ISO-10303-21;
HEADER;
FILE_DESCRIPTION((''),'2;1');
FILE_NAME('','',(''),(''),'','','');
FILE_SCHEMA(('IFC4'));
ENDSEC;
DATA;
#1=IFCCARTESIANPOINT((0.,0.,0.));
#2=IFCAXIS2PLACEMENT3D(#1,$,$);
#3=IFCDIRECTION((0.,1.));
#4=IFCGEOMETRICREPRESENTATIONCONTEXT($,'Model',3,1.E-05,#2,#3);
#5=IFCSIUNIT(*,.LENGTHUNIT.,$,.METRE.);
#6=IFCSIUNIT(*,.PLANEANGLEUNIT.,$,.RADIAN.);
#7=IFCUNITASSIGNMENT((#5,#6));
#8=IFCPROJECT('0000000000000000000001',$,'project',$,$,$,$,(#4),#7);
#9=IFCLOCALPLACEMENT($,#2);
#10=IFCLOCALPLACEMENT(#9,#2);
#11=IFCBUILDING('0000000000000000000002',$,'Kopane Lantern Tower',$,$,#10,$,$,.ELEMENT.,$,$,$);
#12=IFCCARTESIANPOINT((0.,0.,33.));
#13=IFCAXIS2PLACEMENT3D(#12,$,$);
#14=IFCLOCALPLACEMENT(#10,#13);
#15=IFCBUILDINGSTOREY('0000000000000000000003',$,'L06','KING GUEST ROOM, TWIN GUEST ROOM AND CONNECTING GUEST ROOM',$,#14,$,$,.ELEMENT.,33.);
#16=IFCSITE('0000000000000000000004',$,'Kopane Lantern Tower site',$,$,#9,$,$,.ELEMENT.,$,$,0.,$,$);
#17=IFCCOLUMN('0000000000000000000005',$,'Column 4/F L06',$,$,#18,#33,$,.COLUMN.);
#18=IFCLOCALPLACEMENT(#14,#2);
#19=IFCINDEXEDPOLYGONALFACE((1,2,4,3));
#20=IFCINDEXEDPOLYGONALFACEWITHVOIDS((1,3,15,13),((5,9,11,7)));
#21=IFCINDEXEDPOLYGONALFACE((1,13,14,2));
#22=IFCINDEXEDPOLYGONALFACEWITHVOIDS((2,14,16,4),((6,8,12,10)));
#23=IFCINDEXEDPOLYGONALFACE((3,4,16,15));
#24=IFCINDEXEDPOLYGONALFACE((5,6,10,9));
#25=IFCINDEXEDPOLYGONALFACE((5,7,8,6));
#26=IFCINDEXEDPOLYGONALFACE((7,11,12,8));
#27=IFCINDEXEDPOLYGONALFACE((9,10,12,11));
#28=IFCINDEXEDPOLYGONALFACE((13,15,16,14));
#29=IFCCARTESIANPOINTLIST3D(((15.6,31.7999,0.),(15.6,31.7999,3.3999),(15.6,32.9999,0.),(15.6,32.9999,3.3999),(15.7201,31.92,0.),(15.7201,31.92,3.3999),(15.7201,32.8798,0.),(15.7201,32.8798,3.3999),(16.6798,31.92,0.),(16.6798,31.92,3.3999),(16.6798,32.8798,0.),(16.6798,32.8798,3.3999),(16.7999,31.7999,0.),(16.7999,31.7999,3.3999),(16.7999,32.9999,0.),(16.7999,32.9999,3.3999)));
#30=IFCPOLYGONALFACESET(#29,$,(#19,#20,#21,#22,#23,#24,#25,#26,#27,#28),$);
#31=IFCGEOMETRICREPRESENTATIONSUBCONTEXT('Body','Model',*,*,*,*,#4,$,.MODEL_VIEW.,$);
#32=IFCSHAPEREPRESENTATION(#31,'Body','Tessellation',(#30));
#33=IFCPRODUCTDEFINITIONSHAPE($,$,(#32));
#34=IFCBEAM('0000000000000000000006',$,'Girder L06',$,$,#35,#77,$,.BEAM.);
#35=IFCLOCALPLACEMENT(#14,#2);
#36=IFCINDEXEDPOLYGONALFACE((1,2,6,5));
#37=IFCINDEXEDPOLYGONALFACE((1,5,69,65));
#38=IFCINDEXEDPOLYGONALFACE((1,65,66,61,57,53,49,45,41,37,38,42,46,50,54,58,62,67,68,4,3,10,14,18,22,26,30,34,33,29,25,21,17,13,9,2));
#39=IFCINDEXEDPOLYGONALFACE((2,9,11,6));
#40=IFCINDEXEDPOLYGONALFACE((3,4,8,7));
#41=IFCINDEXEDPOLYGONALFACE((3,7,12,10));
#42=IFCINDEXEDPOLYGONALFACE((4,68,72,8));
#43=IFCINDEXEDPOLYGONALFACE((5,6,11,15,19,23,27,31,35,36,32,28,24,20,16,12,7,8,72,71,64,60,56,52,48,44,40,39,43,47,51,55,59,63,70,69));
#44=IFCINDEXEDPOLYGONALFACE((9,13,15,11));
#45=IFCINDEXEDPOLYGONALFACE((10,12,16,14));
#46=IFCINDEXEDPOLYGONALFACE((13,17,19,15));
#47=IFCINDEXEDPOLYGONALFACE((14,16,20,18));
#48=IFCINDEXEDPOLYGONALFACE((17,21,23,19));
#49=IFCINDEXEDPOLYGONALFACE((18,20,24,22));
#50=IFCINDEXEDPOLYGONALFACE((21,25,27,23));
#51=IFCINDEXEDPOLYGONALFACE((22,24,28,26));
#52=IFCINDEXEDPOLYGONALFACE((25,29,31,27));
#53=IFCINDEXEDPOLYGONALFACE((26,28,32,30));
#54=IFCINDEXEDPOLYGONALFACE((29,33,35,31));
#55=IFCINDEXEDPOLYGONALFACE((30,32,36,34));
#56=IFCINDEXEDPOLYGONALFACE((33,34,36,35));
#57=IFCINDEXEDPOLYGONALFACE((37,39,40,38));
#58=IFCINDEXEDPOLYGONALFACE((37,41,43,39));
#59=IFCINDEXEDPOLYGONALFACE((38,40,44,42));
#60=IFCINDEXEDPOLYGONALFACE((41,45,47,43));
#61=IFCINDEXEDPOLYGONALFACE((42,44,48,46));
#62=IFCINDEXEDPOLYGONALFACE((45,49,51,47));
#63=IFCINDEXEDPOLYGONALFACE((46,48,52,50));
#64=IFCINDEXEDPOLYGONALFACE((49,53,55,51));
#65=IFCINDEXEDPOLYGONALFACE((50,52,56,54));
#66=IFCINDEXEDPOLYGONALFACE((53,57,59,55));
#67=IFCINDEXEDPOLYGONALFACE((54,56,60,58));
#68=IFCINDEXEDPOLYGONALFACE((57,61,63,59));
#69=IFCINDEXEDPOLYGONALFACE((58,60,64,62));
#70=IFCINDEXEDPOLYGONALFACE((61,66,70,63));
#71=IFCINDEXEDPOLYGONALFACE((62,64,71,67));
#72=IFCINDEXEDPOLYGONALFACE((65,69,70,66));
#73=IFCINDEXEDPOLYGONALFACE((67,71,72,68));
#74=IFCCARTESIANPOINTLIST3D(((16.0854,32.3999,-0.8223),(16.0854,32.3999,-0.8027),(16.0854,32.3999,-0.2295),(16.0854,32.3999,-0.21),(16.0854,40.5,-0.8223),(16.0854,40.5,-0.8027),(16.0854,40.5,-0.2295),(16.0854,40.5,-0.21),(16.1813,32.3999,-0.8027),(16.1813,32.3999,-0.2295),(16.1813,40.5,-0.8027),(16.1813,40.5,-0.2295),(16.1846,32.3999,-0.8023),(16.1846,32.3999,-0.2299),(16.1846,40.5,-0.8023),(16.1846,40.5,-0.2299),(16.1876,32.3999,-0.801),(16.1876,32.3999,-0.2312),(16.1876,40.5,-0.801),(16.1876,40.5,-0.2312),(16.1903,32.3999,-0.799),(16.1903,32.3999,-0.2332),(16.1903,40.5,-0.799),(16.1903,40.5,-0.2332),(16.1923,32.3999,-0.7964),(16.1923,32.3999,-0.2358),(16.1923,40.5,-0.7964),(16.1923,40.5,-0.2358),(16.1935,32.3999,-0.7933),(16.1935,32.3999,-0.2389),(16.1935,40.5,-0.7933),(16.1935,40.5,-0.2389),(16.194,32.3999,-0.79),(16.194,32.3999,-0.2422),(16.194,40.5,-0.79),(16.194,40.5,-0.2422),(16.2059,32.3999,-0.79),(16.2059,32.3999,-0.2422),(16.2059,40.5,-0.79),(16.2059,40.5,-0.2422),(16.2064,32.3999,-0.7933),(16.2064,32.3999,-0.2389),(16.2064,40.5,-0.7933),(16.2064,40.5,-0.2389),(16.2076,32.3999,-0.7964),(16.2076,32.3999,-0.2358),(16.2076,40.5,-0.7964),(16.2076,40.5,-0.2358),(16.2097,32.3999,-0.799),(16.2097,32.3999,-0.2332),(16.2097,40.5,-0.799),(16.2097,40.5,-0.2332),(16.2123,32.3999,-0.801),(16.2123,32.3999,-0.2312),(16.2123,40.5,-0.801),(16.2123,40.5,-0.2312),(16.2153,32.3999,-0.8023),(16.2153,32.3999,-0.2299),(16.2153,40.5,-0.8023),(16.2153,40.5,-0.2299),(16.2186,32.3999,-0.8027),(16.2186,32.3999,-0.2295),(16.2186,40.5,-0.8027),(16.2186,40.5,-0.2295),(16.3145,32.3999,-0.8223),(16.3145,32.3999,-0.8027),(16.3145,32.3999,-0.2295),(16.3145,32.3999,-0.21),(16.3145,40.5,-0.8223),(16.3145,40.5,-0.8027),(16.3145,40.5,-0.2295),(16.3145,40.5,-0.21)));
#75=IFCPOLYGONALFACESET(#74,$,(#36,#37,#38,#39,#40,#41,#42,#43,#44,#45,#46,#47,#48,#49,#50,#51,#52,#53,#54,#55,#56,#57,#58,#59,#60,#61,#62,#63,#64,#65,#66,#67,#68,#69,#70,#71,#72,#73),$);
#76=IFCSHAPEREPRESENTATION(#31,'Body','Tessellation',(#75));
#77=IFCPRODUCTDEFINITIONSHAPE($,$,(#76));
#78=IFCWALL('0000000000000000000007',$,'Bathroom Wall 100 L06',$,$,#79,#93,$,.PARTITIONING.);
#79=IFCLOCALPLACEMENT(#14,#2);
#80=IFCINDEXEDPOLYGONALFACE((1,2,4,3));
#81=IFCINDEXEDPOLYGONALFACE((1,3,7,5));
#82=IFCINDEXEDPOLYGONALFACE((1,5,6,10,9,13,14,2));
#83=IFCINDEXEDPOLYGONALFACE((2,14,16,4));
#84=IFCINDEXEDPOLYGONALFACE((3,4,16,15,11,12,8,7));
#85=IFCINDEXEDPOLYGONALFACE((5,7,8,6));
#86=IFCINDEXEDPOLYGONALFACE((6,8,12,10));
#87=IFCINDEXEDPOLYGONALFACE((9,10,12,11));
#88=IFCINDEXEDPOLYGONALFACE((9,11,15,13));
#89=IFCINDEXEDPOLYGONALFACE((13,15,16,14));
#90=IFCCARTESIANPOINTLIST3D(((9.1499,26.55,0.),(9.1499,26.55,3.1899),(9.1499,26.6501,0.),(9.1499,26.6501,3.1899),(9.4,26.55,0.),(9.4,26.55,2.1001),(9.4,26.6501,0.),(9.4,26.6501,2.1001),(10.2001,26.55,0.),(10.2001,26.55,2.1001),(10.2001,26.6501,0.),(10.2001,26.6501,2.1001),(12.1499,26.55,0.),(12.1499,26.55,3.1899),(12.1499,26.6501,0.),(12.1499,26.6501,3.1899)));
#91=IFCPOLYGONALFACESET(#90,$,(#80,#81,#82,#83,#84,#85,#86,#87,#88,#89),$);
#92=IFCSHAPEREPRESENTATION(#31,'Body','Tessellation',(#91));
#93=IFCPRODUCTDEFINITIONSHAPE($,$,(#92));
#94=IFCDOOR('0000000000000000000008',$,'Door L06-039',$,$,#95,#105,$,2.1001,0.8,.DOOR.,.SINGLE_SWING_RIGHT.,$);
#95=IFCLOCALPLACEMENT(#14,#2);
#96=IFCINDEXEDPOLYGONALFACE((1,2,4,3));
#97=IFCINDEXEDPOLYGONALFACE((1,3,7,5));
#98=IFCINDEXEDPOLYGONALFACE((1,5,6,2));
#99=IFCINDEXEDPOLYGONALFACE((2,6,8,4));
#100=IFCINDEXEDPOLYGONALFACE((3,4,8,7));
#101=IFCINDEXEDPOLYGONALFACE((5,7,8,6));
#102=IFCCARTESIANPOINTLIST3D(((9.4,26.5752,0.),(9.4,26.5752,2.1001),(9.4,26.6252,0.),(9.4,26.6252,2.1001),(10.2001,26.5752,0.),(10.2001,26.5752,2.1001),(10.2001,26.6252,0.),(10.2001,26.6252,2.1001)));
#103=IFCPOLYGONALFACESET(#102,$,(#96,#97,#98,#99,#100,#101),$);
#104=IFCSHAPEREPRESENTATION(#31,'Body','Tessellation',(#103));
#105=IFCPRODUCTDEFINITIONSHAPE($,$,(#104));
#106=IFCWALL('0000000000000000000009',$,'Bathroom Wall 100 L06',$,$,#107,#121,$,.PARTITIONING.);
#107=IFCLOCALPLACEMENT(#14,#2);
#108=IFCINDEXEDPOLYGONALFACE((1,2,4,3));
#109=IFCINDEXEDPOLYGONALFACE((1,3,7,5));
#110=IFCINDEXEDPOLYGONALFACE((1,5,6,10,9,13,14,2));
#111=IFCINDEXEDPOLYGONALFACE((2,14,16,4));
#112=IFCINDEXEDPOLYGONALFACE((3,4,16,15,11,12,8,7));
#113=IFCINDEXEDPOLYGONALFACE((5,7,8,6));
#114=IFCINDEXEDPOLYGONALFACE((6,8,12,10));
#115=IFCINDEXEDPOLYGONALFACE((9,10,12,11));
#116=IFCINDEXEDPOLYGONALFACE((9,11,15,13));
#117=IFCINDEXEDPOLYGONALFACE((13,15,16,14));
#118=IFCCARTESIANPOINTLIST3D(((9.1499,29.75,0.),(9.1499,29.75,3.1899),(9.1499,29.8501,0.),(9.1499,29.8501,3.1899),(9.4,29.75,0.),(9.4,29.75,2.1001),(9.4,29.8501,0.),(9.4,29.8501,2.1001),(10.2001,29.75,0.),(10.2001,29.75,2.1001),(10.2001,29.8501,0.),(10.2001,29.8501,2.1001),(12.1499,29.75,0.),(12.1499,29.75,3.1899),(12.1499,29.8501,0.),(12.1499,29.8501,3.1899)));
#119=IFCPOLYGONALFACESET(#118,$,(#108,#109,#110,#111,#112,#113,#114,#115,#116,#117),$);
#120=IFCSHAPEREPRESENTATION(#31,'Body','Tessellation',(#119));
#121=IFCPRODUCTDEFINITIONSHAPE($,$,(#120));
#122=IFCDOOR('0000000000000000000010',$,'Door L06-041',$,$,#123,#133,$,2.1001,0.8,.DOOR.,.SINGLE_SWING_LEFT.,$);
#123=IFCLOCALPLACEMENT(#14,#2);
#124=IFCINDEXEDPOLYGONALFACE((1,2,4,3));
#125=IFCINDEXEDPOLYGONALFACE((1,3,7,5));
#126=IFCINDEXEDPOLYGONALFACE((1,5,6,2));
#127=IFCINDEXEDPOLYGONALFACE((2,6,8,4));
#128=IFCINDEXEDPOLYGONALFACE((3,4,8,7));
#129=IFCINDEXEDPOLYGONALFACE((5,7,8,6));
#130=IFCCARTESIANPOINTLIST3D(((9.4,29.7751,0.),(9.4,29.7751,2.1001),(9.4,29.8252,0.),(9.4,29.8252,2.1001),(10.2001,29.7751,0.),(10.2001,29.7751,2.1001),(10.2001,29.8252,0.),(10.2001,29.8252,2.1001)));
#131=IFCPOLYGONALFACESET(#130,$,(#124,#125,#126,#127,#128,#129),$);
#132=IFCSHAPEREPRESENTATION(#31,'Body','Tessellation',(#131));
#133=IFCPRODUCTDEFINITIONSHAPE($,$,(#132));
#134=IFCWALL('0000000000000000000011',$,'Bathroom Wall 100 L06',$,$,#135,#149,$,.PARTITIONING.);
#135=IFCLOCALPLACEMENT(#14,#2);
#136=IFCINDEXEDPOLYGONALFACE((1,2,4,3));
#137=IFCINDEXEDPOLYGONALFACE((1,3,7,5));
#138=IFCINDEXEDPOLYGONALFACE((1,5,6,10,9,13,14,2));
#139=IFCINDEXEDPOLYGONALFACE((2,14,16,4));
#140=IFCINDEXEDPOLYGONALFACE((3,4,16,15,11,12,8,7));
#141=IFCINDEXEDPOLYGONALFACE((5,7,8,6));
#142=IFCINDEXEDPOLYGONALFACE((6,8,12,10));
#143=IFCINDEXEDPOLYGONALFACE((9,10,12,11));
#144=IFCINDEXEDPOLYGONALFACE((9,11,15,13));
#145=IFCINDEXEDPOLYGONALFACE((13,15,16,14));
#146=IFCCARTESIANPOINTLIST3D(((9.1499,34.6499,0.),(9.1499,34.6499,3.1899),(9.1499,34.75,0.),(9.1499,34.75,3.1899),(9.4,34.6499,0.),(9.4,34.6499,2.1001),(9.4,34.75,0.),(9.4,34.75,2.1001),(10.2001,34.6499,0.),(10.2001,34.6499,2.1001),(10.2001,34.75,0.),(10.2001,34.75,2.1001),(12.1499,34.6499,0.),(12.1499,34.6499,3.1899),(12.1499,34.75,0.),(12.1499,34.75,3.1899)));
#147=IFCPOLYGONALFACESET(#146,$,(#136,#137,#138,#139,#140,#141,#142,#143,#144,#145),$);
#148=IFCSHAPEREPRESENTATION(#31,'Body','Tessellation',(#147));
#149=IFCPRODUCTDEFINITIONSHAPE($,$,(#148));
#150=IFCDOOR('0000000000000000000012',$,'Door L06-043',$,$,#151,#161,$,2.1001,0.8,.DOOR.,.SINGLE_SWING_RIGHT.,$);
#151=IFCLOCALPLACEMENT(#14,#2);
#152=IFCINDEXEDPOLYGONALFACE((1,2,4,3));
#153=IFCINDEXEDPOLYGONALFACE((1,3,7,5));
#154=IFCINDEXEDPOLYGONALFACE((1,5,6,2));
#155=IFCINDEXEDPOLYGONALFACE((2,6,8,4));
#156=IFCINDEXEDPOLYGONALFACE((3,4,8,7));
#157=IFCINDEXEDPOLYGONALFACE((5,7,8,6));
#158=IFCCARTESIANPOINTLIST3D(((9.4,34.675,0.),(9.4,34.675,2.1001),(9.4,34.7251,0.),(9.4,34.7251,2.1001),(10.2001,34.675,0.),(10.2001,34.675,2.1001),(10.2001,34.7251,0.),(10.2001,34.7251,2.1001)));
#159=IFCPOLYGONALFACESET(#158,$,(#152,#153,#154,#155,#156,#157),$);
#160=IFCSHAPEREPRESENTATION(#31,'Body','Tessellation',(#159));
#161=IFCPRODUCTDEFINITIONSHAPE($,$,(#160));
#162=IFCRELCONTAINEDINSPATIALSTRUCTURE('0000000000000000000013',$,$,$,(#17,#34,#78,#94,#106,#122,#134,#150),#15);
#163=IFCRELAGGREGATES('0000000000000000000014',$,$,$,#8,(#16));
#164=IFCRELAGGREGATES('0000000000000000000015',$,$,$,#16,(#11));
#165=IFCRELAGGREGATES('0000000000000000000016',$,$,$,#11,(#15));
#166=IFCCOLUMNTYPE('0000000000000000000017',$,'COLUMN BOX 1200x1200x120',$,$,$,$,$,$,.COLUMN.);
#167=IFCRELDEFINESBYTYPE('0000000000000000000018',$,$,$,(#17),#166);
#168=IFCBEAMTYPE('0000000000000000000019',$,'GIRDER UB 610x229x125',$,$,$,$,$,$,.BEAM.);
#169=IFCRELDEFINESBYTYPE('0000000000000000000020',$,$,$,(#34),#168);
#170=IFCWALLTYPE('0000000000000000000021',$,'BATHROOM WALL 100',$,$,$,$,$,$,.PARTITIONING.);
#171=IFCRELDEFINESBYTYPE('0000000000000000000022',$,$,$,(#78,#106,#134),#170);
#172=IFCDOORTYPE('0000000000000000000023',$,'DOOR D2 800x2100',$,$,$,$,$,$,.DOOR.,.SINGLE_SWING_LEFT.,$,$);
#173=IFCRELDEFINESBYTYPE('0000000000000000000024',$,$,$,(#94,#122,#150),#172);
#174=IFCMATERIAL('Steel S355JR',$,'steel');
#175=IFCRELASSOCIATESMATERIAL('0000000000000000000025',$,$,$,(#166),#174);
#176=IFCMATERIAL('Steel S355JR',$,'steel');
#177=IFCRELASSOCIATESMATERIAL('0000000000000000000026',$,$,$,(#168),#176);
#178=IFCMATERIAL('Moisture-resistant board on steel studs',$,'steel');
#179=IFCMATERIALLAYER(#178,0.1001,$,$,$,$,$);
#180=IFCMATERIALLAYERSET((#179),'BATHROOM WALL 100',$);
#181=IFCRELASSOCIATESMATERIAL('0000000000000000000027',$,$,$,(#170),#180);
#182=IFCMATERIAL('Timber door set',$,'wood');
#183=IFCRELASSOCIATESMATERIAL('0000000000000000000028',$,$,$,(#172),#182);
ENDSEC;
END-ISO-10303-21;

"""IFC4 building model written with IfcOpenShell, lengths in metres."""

from ifc_helpers import new_model, si_unit, direction, frame, frame_2d, origin, origin_2d, place, context, subcontext, project, spatial, rectangle, hollow_rectangle, i_section, extrude, material, layer, layer_set, material_profile, profile_set, type_object, element, fill, save


model = new_model("IFC4")

# Units and contexts
model_context = context("Model", 3, precision=1e-05, world=origin(), true_north=direction((0.0, 1.0)))
body_context = subcontext(model_context, "Body", "Model", "MODEL_VIEW")
ifc_project = project(units=[si_unit("LENGTHUNIT", "METRE"), si_unit("PLANEANGLEUNIT", "RADIAN")], contexts=[model_context])

# Site, building, storey
site_placement = place(None, origin())
site = spatial("IfcSite", under=ifc_project, at=site_placement, Name="Kopane Lantern Tower site", CompositionType="ELEMENT", RefElevation=0.0)
building_placement = place(site_placement, origin())
building = spatial("IfcBuilding", under=site, at=building_placement, Name="Kopane Lantern Tower", CompositionType="ELEMENT")
storey_placement = place(building_placement, frame((0.0, 0.0, 33.0)))
storey = spatial("IfcBuildingStorey", under=building, at=storey_placement, Name="L06", Description="KING GUEST ROOM, TWIN GUEST ROOM AND CONNECTING GUEST ROOM", CompositionType="ELEMENT", Elevation=33.0)

# Column
ifc_material_1 = material(Name="Steel S355JR", Category="steel")
ifc_material_profile_1 = material_profile(ifc_material_1, hollow_rectangle(XDim=1.2, YDim=1.2, WallThickness=0.1201, at=origin_2d()), Name="BOX 1200x1200x120")
ifc_profile_set_1 = profile_set([ifc_material_profile_1], Name="Steel S355JR")
column_type = type_object("IfcColumnType", Name="COLUMN BOX 1200x1200x120", PredefinedType="COLUMN", material=ifc_profile_set_1)
column_placement = place(storey_placement, frame((16.2, 32.3999, 0.0), z_axis=(0.0, 0.0, 1.0), x_axis=(1.0, 0.0, 0.0)))
element("IfcColumn", 1, at=column_placement, inside=storey, type_object=column_type, Name="Column 4/F L06", PredefinedType="COLUMN", context=body_context, shape_type="SweptSolid", body=[
    extrude(hollow_rectangle(XDim=1.2, YDim=1.2, WallThickness=0.1201, at=origin_2d()), origin(), (0.0, 0.0, 1.0), 3.3999),
])

# Beam
ifc_material_2 = material(Name="Steel S355JR", Category="steel")
ifc_material_profile_2 = material_profile(ifc_material_2, i_section(OverallWidth=0.229, OverallDepth=0.6123, WebThickness=0.012, FlangeThickness=0.0195, FilletRadius=0.0127, at=origin_2d()), Name="UB 610x229x125")
ifc_profile_set_2 = profile_set([ifc_material_profile_2], Name="Steel S355JR")
beam_type = type_object("IfcBeamType", Name="GIRDER UB 610x229x125", PredefinedType="BEAM", material=ifc_profile_set_2)
beam_placement = place(storey_placement, frame((16.2, 32.3999, -0.5161), z_axis=(0.0, 1.0, 0.0), x_axis=(-1.0, 0.0, 0.0)))
element("IfcBeam", 2, at=beam_placement, inside=storey, type_object=beam_type, Name="Girder L06", PredefinedType="BEAM", context=body_context, shape_type="SweptSolid", body=[
    extrude(i_section(OverallWidth=0.229, OverallDepth=0.6123, WebThickness=0.012, FlangeThickness=0.0195, FilletRadius=0.0127, at=origin_2d()), origin(), (0.0, 0.0, 1.0), 8.1001),
])

# Walls, openings, doors
ifc_material_3 = material(Name="Moisture-resistant board on steel studs", Category="steel")
ifc_layer_1 = layer(ifc_material_3, 0.1001)
ifc_layer_set_1 = layer_set([ifc_layer_1], Name="BATHROOM WALL 100")
wall_type_1 = type_object("IfcWallType", Name="BATHROOM WALL 100", PredefinedType="PARTITIONING", material=ifc_layer_set_1)
wall_1_placement = place(storey_placement, frame((12.1499, 26.6001, 0.0), z_axis=(0.0, 0.0, 1.0), x_axis=(-1.0, 0.0, 0.0)))
wall_1 = element("IfcWall", 3, at=wall_1_placement, inside=storey, type_object=wall_type_1, Name="Bathroom Wall 100 L06", PredefinedType="PARTITIONING", context=body_context, shape_type="SweptSolid", body=[
    extrude(rectangle(XDim=3.0, YDim=0.1001, at=frame_2d((1.5, 0.0))), origin(), (0.0, 0.0, 1.0), 3.1899),
])
opening_1_placement = place(wall_1_placement, frame((1.95, 0.0, 0.0)))
opening_1 = element("IfcOpeningElement", 4, at=opening_1_placement, cuts=wall_1, PredefinedType="OPENING", context=body_context, shape_type="SweptSolid", body=[
    extrude(rectangle(XDim=0.8, YDim=2.1001, at=frame_2d((0.3999, 1.05))), frame((0.0, 0.0601, 0.0), z_axis=(0.0, -1.0, 0.0), x_axis=(1.0, 0.0, 0.0)), (0.0, 0.0, 1.0), 0.1201),
])
ifc_material_4 = material(Name="Timber door set", Category="wood")
door_type = type_object("IfcDoorType", Name="DOOR D2 800x2100", OperationType="SINGLE_SWING_LEFT", PredefinedType="DOOR", material=ifc_material_4)
door_1_placement = place(opening_1_placement, origin())
door_1 = element("IfcDoor", 5, at=door_1_placement, inside=storey, type_object=door_type, Name="Door L06-039", OperationType="SINGLE_SWING_RIGHT", OverallHeight=2.1001, OverallWidth=0.8, PredefinedType="DOOR", context=body_context, shape_type="SweptSolid", body=[
    extrude(rectangle(XDim=0.8, YDim=2.1001, at=frame_2d((0.3999, 1.05))), frame((0.0, 0.0249, 0.0), z_axis=(0.0, -1.0, 0.0), x_axis=(1.0, 0.0, 0.0)), (0.0, 0.0, 1.0), 0.05),
])
fill(opening_1, door_1)
wall_2_placement = place(storey_placement, frame((12.1499, 29.8, 0.0), z_axis=(0.0, 0.0, 1.0), x_axis=(-1.0, 0.0, 0.0)))
wall_2 = element("IfcWall", 6, at=wall_2_placement, inside=storey, type_object=wall_type_1, Name="Bathroom Wall 100 L06", PredefinedType="PARTITIONING", context=body_context, shape_type="SweptSolid", body=[
    extrude(rectangle(XDim=3.0, YDim=0.1001, at=frame_2d((1.5, 0.0))), origin(), (0.0, 0.0, 1.0), 3.1899),
])
opening_2_placement = place(wall_2_placement, frame((1.95, 0.0, 0.0)))
opening_2 = element("IfcOpeningElement", 7, at=opening_2_placement, cuts=wall_2, PredefinedType="OPENING", context=body_context, shape_type="SweptSolid", body=[
    extrude(rectangle(XDim=0.8, YDim=2.1001, at=frame_2d((0.3999, 1.05))), frame((0.0, 0.0601, 0.0), z_axis=(0.0, -1.0, 0.0), x_axis=(1.0, 0.0, 0.0)), (0.0, 0.0, 1.0), 0.1201),
])
door_2_placement = place(opening_2_placement, origin())
door_2 = element("IfcDoor", 8, at=door_2_placement, inside=storey, type_object=door_type, Name="Door L06-041", OperationType="SINGLE_SWING_LEFT", OverallHeight=2.1001, OverallWidth=0.8, PredefinedType="DOOR", context=body_context, shape_type="SweptSolid", body=[
    extrude(rectangle(XDim=0.8, YDim=2.1001, at=frame_2d((0.3999, 1.05))), frame((0.0, 0.0249, 0.0), z_axis=(0.0, -1.0, 0.0), x_axis=(1.0, 0.0, 0.0)), (0.0, 0.0, 1.0), 0.05),
])
fill(opening_2, door_2)
wall_3_placement = place(storey_placement, frame((12.1499, 34.7, 0.0), z_axis=(0.0, 0.0, 1.0), x_axis=(-1.0, 0.0, 0.0)))
wall_3 = element("IfcWall", 9, at=wall_3_placement, inside=storey, type_object=wall_type_1, Name="Bathroom Wall 100 L06", PredefinedType="PARTITIONING", context=body_context, shape_type="SweptSolid", body=[
    extrude(rectangle(XDim=3.0, YDim=0.1001, at=frame_2d((1.5, 0.0))), origin(), (0.0, 0.0, 1.0), 3.1899),
])
opening_3_placement = place(wall_3_placement, frame((1.95, 0.0, 0.0)))
opening_3 = element("IfcOpeningElement", 10, at=opening_3_placement, cuts=wall_3, PredefinedType="OPENING", context=body_context, shape_type="SweptSolid", body=[
    extrude(rectangle(XDim=0.8, YDim=2.1001, at=frame_2d((0.3999, 1.05))), frame((0.0, 0.0601, 0.0), z_axis=(0.0, -1.0, 0.0), x_axis=(1.0, 0.0, 0.0)), (0.0, 0.0, 1.0), 0.1201),
])
door_3_placement = place(opening_3_placement, origin())
door_3 = element("IfcDoor", 11, at=door_3_placement, inside=storey, type_object=door_type, Name="Door L06-043", OperationType="SINGLE_SWING_RIGHT", OverallHeight=2.1001, OverallWidth=0.8, PredefinedType="DOOR", context=body_context, shape_type="SweptSolid", body=[
    extrude(rectangle(XDim=0.8, YDim=2.1001, at=frame_2d((0.3999, 1.05))), frame((0.0, 0.0249, 0.0), z_axis=(0.0, -1.0, 0.0), x_axis=(1.0, 0.0, 0.0)), (0.0, 0.0, 1.0), 0.05),
])
fill(opening_3, door_3)

save(model, "model.ifc")
